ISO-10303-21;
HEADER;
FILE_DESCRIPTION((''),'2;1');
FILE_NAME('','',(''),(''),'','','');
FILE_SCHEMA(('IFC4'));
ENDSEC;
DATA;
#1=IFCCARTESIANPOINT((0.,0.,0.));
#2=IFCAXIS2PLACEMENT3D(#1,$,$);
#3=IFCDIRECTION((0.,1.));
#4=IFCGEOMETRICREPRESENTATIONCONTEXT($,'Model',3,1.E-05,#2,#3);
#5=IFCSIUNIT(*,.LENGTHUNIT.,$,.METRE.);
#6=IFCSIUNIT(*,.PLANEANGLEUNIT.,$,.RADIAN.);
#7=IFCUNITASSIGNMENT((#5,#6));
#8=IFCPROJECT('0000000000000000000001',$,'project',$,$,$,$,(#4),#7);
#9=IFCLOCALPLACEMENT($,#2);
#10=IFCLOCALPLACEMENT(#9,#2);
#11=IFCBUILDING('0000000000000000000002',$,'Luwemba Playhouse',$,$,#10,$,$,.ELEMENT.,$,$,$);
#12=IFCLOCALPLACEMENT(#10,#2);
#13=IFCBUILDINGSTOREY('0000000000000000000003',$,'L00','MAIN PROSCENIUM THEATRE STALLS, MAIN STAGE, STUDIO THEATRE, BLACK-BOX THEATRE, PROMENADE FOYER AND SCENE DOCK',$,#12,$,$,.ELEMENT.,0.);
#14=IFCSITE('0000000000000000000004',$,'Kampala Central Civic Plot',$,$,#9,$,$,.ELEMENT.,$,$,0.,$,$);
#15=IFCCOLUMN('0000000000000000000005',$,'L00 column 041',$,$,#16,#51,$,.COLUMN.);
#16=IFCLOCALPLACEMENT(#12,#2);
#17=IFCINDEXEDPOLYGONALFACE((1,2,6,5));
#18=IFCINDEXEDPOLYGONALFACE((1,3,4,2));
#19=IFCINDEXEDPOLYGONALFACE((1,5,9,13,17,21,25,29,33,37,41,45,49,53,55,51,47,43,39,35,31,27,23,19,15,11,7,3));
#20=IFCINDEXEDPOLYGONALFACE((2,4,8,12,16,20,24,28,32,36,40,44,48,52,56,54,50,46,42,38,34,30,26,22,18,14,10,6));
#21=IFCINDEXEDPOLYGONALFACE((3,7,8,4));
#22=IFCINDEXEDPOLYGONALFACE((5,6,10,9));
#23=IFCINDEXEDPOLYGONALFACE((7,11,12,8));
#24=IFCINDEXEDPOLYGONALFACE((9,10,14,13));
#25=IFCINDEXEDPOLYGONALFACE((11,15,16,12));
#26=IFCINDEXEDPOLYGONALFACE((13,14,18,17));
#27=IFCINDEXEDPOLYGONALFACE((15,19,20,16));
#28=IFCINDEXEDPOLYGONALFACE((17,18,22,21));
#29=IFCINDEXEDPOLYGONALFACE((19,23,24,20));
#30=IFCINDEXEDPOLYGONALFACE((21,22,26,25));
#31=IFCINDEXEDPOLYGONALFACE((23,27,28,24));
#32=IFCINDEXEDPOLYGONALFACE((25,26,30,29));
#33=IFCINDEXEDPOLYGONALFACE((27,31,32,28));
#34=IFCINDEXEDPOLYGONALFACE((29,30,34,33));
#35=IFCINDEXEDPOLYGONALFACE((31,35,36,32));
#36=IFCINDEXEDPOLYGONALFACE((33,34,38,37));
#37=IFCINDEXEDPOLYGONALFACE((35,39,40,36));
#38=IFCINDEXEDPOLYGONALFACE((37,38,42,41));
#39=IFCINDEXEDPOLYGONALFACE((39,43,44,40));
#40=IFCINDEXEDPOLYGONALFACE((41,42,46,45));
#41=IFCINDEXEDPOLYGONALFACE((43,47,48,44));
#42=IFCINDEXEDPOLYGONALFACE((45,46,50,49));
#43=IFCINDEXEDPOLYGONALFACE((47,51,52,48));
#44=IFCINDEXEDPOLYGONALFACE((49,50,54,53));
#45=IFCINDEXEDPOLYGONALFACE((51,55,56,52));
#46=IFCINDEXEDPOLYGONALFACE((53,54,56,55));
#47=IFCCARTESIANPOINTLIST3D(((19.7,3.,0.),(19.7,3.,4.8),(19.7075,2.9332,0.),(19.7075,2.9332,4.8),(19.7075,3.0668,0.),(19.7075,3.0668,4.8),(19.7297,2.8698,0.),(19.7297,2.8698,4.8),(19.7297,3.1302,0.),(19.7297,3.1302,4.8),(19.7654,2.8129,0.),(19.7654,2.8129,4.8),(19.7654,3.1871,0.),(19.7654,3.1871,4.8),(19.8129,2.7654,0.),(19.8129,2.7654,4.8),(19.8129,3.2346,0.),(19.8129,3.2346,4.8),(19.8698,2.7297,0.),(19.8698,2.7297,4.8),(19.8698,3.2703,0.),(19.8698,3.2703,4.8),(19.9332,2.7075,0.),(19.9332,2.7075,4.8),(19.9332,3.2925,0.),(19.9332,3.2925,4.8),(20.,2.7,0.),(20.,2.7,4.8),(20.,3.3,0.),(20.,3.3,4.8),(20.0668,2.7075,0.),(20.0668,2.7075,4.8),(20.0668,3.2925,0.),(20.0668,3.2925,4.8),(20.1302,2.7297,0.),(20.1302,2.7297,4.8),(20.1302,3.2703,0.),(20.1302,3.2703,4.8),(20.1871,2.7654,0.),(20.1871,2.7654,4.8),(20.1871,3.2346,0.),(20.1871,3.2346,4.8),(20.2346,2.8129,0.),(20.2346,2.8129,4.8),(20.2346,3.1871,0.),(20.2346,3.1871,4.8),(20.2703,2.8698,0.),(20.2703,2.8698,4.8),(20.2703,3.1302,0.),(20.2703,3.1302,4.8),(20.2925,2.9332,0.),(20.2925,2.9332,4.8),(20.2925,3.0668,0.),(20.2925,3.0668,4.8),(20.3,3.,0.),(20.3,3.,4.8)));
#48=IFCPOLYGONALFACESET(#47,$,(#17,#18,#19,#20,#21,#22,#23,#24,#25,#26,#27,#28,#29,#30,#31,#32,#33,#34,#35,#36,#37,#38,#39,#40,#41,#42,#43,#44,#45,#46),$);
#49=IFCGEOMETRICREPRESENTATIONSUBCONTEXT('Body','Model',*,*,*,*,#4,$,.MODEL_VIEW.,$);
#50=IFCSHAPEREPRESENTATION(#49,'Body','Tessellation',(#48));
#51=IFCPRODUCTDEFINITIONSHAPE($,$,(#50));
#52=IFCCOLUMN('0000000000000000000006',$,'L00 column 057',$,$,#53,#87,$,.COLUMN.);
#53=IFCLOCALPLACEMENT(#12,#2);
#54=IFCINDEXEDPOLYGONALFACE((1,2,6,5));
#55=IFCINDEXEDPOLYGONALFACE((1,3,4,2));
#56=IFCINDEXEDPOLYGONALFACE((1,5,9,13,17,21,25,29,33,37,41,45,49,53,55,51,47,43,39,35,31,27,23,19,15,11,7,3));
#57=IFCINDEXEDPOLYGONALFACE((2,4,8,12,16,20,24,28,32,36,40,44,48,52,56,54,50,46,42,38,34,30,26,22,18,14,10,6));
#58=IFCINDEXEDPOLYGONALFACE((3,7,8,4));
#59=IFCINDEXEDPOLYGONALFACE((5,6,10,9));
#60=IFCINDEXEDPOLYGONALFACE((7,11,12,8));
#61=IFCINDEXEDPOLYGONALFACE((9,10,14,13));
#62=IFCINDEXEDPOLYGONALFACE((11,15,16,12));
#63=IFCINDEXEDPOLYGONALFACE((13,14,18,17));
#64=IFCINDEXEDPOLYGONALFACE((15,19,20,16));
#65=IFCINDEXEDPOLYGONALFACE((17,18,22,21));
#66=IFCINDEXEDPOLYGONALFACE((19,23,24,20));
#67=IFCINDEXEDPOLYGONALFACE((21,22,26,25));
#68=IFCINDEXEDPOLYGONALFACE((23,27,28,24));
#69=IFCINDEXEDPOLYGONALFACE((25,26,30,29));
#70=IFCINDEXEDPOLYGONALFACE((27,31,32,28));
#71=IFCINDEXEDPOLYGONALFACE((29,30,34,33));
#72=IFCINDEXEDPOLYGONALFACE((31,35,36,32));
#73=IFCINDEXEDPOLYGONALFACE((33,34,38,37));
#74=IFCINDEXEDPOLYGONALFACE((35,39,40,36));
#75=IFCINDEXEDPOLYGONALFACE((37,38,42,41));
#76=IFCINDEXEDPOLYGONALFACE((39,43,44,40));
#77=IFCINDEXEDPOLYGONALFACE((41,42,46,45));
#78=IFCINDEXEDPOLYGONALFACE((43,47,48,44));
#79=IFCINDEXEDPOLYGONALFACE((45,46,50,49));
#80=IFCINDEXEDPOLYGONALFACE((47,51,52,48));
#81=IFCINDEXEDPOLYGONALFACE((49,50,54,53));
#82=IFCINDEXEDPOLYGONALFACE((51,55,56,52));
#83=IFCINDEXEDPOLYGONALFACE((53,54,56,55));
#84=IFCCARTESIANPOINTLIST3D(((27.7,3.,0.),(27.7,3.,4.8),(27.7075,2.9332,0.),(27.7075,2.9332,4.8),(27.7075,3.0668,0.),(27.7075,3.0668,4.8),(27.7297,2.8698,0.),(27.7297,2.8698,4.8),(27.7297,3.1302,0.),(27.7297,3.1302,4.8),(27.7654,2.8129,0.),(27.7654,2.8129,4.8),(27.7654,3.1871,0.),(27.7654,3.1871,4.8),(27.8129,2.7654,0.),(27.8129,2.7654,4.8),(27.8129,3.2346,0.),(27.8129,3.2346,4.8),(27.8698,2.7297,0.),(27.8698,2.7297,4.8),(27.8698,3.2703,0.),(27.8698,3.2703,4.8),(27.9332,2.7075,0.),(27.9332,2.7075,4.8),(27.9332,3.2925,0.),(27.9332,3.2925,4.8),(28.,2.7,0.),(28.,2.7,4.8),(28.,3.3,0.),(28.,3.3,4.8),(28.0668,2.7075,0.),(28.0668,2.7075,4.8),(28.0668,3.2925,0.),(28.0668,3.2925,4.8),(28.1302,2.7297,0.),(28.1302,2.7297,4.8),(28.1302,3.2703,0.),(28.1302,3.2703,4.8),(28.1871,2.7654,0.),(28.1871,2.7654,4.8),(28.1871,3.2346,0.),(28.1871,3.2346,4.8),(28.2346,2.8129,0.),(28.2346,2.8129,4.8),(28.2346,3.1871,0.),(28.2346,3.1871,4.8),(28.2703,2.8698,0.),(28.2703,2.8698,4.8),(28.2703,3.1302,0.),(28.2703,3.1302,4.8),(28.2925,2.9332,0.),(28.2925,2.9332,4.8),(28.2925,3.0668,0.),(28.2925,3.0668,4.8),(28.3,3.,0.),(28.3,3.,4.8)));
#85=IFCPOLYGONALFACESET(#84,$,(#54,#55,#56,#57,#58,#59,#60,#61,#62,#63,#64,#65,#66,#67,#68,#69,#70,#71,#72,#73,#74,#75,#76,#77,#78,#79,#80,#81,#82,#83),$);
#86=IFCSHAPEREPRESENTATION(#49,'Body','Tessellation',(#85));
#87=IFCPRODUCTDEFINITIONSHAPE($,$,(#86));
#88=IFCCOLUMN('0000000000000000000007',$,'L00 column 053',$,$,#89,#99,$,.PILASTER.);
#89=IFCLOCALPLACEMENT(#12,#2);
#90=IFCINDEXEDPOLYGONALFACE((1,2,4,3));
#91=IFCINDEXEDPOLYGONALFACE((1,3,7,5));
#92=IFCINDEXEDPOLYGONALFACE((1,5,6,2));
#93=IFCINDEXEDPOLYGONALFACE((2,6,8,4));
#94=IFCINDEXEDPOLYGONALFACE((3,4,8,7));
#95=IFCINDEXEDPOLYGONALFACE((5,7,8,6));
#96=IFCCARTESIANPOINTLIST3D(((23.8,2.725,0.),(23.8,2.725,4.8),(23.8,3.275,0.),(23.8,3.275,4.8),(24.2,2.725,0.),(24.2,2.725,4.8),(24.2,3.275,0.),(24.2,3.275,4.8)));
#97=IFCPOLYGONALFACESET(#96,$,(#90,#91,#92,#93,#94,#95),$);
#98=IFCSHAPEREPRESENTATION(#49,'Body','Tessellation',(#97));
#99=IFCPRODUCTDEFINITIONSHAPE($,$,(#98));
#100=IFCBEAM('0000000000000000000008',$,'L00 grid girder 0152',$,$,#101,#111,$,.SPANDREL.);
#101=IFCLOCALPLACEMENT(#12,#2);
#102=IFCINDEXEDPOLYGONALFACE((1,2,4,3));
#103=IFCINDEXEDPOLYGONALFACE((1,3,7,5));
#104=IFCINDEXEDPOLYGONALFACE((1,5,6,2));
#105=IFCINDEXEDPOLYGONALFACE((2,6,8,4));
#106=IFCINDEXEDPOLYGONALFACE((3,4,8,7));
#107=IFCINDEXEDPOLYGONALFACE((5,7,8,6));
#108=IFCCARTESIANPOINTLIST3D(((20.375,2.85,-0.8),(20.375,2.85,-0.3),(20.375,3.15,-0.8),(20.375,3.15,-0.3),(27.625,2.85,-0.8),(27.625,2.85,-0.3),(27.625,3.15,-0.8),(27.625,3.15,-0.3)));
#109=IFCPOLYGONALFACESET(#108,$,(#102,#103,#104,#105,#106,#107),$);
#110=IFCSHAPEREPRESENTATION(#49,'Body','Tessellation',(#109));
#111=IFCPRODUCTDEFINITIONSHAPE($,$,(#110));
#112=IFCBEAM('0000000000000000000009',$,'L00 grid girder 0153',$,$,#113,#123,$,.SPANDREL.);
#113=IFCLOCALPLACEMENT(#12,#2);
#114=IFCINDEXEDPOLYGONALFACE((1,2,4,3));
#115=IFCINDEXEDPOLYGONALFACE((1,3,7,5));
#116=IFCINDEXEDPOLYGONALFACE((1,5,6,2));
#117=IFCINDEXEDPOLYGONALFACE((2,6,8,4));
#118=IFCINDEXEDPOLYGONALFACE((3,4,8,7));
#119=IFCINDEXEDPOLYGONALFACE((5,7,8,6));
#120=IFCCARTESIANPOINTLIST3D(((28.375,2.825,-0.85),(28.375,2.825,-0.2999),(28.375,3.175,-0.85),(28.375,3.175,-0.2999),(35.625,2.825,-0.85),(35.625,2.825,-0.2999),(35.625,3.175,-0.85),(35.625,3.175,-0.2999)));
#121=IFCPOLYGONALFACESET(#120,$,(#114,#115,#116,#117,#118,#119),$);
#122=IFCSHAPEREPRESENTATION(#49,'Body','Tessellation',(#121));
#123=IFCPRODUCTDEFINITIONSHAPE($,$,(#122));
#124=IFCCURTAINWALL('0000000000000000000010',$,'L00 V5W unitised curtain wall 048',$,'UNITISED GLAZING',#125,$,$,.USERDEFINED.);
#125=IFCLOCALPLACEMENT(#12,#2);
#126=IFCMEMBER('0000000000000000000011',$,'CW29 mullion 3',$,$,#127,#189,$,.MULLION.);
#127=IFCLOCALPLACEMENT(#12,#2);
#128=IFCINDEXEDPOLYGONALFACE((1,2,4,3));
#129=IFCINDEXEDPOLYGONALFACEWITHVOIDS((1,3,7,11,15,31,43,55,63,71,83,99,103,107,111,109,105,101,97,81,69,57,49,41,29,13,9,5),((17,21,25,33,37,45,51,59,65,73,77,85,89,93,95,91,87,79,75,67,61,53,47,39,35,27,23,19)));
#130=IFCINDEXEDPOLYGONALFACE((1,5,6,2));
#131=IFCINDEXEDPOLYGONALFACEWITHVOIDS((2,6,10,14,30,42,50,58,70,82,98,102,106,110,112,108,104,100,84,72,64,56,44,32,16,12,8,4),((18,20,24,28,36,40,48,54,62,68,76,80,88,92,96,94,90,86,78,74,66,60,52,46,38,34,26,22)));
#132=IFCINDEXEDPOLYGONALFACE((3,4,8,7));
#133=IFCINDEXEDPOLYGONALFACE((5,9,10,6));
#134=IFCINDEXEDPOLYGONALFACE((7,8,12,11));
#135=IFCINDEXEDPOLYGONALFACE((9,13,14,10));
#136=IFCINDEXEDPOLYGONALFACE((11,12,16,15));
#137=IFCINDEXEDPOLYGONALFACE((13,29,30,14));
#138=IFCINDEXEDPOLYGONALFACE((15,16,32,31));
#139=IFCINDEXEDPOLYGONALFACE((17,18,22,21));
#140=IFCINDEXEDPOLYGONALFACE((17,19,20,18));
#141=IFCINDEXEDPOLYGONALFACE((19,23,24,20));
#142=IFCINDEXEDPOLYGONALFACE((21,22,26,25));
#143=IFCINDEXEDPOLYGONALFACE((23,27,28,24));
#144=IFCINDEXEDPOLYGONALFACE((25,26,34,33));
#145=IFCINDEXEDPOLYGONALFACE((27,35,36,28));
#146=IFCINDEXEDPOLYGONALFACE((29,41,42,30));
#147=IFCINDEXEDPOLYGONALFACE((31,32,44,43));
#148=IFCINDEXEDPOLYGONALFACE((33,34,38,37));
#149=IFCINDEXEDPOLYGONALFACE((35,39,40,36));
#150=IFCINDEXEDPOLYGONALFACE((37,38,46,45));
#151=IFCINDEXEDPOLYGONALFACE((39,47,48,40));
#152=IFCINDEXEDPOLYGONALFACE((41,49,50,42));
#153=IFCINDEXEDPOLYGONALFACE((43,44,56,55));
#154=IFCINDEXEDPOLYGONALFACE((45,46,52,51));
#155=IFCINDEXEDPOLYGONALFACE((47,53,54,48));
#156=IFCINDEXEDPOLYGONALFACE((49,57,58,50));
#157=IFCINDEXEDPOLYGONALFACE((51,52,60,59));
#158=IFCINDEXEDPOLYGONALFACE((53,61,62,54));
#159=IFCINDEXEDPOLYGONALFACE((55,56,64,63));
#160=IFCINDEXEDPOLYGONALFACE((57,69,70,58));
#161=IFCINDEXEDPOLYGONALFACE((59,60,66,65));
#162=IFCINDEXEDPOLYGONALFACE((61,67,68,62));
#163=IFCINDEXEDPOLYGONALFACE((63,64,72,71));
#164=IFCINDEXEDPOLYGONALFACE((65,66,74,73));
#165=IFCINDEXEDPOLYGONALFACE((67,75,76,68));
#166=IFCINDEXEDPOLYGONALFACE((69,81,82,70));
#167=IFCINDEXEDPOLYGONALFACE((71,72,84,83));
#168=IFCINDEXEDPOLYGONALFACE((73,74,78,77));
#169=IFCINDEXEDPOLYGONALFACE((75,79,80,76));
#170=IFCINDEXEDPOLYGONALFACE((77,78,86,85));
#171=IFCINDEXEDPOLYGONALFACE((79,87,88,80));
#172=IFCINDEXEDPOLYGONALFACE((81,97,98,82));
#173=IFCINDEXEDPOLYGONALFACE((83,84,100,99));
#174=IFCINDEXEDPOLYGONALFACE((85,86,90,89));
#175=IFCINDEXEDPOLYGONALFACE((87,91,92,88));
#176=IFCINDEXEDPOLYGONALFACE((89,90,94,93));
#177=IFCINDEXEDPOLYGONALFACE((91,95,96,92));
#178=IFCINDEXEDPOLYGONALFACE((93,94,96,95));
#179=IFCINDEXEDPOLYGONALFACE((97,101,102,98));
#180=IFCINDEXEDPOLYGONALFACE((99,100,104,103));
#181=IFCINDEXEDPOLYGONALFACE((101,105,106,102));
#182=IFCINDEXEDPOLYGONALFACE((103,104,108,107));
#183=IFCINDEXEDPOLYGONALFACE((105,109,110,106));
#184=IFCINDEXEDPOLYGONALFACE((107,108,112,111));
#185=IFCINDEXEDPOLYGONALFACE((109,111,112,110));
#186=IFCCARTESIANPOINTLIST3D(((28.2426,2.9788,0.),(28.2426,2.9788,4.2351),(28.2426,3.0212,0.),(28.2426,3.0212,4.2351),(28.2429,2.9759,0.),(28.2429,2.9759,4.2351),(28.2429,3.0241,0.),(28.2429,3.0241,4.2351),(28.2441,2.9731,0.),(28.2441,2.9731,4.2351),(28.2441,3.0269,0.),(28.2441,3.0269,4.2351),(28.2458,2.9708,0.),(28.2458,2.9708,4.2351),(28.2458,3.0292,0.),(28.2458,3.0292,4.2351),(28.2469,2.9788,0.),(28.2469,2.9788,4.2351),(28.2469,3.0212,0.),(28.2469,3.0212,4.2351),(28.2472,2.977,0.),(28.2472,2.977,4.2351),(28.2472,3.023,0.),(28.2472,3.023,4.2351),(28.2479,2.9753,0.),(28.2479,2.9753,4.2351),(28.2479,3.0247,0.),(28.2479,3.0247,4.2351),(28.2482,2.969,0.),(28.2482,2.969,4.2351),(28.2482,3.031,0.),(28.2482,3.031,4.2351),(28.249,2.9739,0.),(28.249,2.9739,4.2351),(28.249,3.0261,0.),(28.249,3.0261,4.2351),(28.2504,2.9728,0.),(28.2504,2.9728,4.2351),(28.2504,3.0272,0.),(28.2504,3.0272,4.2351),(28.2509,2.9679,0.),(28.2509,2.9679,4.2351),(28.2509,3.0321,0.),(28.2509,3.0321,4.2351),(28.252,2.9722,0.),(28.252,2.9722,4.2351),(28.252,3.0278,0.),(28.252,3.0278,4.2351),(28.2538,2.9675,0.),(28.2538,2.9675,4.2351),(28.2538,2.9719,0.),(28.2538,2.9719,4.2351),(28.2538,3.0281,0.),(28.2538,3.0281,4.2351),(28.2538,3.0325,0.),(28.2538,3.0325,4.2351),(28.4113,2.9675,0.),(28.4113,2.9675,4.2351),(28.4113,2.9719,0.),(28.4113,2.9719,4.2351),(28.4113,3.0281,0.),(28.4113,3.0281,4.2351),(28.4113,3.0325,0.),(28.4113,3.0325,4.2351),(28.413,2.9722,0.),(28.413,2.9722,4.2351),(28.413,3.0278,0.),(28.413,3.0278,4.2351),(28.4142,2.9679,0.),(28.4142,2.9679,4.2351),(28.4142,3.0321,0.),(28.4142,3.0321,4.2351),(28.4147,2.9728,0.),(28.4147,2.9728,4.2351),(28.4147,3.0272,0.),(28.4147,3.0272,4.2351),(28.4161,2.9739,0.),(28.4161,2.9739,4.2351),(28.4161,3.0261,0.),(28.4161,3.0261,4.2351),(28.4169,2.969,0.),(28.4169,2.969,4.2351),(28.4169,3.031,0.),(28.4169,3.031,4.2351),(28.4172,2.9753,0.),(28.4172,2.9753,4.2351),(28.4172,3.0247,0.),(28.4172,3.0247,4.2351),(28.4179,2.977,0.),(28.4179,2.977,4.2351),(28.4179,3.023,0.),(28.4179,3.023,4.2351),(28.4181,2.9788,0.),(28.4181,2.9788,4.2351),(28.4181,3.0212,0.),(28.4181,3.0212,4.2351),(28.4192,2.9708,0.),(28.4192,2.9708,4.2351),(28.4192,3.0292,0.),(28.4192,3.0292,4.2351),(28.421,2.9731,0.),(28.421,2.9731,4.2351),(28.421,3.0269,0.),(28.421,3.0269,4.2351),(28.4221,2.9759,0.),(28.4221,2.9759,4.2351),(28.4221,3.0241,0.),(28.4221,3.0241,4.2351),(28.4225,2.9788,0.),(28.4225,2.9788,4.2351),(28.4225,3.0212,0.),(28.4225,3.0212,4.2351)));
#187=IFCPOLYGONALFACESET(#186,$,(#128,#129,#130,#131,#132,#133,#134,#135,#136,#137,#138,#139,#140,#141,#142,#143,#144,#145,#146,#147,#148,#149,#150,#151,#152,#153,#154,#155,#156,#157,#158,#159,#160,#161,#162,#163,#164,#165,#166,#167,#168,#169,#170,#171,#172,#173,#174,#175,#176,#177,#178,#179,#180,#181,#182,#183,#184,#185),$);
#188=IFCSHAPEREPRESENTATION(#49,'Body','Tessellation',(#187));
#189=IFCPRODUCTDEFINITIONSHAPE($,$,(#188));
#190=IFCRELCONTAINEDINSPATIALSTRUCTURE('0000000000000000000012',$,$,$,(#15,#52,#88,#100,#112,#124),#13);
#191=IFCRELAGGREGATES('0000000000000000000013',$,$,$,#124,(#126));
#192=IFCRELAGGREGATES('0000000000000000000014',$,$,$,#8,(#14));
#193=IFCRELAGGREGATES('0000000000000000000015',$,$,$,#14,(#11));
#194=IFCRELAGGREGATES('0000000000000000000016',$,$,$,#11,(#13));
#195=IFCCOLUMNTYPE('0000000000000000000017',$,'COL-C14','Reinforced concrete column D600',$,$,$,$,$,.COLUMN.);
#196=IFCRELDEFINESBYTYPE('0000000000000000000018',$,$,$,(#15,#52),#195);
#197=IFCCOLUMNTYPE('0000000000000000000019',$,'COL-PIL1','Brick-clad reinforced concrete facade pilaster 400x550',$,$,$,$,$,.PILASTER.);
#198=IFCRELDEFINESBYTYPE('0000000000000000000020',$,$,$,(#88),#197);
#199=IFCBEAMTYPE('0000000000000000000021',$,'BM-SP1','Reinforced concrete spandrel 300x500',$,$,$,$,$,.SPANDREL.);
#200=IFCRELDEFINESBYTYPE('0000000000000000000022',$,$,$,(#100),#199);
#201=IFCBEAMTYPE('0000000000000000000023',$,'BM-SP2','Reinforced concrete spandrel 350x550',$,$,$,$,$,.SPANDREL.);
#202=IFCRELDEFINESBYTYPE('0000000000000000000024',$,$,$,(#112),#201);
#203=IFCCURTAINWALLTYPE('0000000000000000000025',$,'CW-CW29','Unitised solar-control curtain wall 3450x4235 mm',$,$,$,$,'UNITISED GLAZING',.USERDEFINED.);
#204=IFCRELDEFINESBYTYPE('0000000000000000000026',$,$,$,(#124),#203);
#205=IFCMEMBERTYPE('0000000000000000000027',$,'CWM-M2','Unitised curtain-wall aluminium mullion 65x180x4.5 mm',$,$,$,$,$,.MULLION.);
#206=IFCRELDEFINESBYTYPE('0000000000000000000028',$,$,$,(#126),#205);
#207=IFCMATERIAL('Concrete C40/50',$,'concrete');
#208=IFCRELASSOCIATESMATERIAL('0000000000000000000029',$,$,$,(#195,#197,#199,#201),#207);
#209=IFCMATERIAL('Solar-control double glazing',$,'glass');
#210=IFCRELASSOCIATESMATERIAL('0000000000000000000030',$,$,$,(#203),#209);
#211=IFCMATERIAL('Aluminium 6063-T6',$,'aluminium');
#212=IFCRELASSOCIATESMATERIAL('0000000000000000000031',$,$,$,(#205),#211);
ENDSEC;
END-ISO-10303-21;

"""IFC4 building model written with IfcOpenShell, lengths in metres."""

from ifc_helpers import new_model, si_unit, direction, frame, origin, origin_2d, place, context, subcontext, project, spatial, rectangle, hollow_rectangle, circle, extrude, material, material_profile, profile_set, type_object, element, aggregate, save


model = new_model("IFC4")

# Units and contexts
model_context = context("Model", 3, precision=1e-05, world=origin(), true_north=direction((0.0, 1.0)))
body_context = subcontext(model_context, "Body", "Model", "MODEL_VIEW")
ifc_project = project(units=[si_unit("LENGTHUNIT", "METRE"), si_unit("PLANEANGLEUNIT", "RADIAN")], contexts=[model_context])

# Site, building, storey
site_placement = place(None, origin())
site = spatial("IfcSite", under=ifc_project, at=site_placement, Name="Kampala Central Civic Plot", CompositionType="ELEMENT", RefElevation=0.0)
building_placement = place(site_placement, origin())
building = spatial("IfcBuilding", under=site, at=building_placement, Name="Luwemba Playhouse", CompositionType="ELEMENT")
storey_placement = place(building_placement, origin())
storey = spatial("IfcBuildingStorey", under=building, at=storey_placement, Name="L00", Description="MAIN PROSCENIUM THEATRE STALLS, MAIN STAGE, STUDIO THEATRE, BLACK-BOX THEATRE, PROMENADE FOYER AND SCENE DOCK", CompositionType="ELEMENT", Elevation=0.0)

# Columns
ifc_material_1 = material(Name="Concrete C40/50", Category="concrete")
ifc_material_profile_1 = material_profile(ifc_material_1, circle(Radius=0.3, at=origin_2d()))
ifc_profile_set_1 = profile_set([ifc_material_profile_1], Name="Concrete C40/50")
column_type_1 = type_object("IfcColumnType", Name="COL-C14", Description="Reinforced concrete column D600", PredefinedType="COLUMN", material=ifc_profile_set_1)
for number, where, z_axis, x_axis, name in (
    (1, (20.0, 3.0, 0.0), (0.0, 0.0, 1.0), (1.0, 0.0, 0.0), "L00 column 041"),
    (2, (28.0, 3.0, 0.0), (0.0, 0.0, 1.0), (1.0, 0.0, 0.0), "L00 column 057"),
):
    element("IfcColumn", number, at=place(storey_placement, frame(where, z_axis=z_axis, x_axis=x_axis)), inside=storey, type_object=column_type_1, Name=name, PredefinedType="COLUMN", context=body_context, shape_type="SweptSolid", body=[
        extrude(circle(Radius=0.3, at=origin_2d()), origin(), (0.0, 0.0, 1.0), 4.8),
    ])
ifc_material_profile_2 = material_profile(ifc_material_1, rectangle(XDim=0.3999, YDim=0.55, at=origin_2d()))
ifc_profile_set_2 = profile_set([ifc_material_profile_2], Name="Concrete C40/50")
column_type_2 = type_object("IfcColumnType", Name="COL-PIL1", Description="Brick-clad reinforced concrete facade pilaster 400x550", PredefinedType="PILASTER", material=ifc_profile_set_2)
column_placement = place(storey_placement, frame((24.0, 3.0, 0.0), z_axis=(0.0, 0.0, 1.0), x_axis=(1.0, 0.0, 0.0)))
element("IfcColumn", 3, at=column_placement, inside=storey, type_object=column_type_2, Name="L00 column 053", PredefinedType="PILASTER", context=body_context, shape_type="SweptSolid", body=[
    extrude(rectangle(XDim=0.3999, YDim=0.55, at=origin_2d()), origin(), (0.0, 0.0, 1.0), 4.8),
])

# Beams
ifc_material_profile_3 = material_profile(ifc_material_1, rectangle(XDim=0.3, YDim=0.5, at=origin_2d()))
ifc_profile_set_3 = profile_set([ifc_material_profile_3], Name="Concrete C40/50")
beam_type_1 = type_object("IfcBeamType", Name="BM-SP1", Description="Reinforced concrete spandrel 300x500", PredefinedType="SPANDREL", material=ifc_profile_set_3)
beam_1_placement = place(storey_placement, frame((20.375, 3.0, -0.55), z_axis=(1.0, 0.0, 0.0), x_axis=(0.0, 1.0, 0.0)))
element("IfcBeam", 4, at=beam_1_placement, inside=storey, type_object=beam_type_1, Name="L00 grid girder 0152", PredefinedType="SPANDREL", context=body_context, shape_type="SweptSolid", body=[
    extrude(rectangle(XDim=0.3, YDim=0.5, at=origin_2d()), origin(), (0.0, 0.0, 1.0), 7.25),
])
ifc_material_profile_4 = material_profile(ifc_material_1, rectangle(XDim=0.3501, YDim=0.55, at=origin_2d()))
ifc_profile_set_4 = profile_set([ifc_material_profile_4], Name="Concrete C40/50")
beam_type_2 = type_object("IfcBeamType", Name="BM-SP2", Description="Reinforced concrete spandrel 350x550", PredefinedType="SPANDREL", material=ifc_profile_set_4)
beam_2_placement = place(storey_placement, frame((28.375, 3.0, -0.575), z_axis=(1.0, 0.0, 0.0), x_axis=(0.0, 1.0, 0.0)))
element("IfcBeam", 5, at=beam_2_placement, inside=storey, type_object=beam_type_2, Name="L00 grid girder 0153", PredefinedType="SPANDREL", context=body_context, shape_type="SweptSolid", body=[
    extrude(rectangle(XDim=0.3501, YDim=0.55, at=origin_2d()), origin(), (0.0, 0.0, 1.0), 7.25),
])

# Curtain wall, member
ifc_material_2 = material(Name="Solar-control double glazing", Category="glass")
curtain_wall_type_1 = type_object("IfcCurtainWallType", Name="CW-CW29", Description="Unitised solar-control curtain wall 3450x4235 mm", ElementType="UNITISED GLAZING", PredefinedType="USERDEFINED", material=ifc_material_2)
curtain_wall_1_placement = place(storey_placement, origin())
curtain_wall_1 = element("IfcCurtainWall", 6, at=curtain_wall_1_placement, inside=storey, type_object=curtain_wall_type_1, Name="L00 V5W unitised curtain wall 048", ObjectType="UNITISED GLAZING", PredefinedType="USERDEFINED")
ifc_material_3 = material(Name="Aluminium 6063-T6", Category="aluminium")
ifc_material_profile_5 = material_profile(ifc_material_3, hollow_rectangle(XDim=0.0649, YDim=0.1799, WallThickness=0.0044, InnerFilletRadius=0.0068, OuterFilletRadius=0.0112, at=origin_2d()))
ifc_profile_set_5 = profile_set([ifc_material_profile_5], Name="Aluminium 6063-T6")
member_type_1 = type_object("IfcMemberType", Name="CWM-M2", Description="Unitised curtain-wall aluminium mullion 65x180x4.5 mm", PredefinedType="MULLION", material=ifc_profile_set_5)
member_1_placement = place(storey_placement, frame((28.3325, 3.0, 0.0), z_axis=(0.0, 0.0, 1.0), x_axis=(0.0, -1.0, 0.0)))
member_1 = element("IfcMember", 7, at=member_1_placement, type_object=member_type_1, Name="CW29 mullion 3", PredefinedType="MULLION", context=body_context, shape_type="SweptSolid", body=[
    extrude(hollow_rectangle(XDim=0.0649, YDim=0.1799, WallThickness=0.0044, InnerFilletRadius=0.0068, OuterFilletRadius=0.0112, at=origin_2d()), origin(), (0.0, 0.0, 1.0), 4.2351),
])

aggregate(curtain_wall_1, [member_1])

save(model, "model.ifc")
